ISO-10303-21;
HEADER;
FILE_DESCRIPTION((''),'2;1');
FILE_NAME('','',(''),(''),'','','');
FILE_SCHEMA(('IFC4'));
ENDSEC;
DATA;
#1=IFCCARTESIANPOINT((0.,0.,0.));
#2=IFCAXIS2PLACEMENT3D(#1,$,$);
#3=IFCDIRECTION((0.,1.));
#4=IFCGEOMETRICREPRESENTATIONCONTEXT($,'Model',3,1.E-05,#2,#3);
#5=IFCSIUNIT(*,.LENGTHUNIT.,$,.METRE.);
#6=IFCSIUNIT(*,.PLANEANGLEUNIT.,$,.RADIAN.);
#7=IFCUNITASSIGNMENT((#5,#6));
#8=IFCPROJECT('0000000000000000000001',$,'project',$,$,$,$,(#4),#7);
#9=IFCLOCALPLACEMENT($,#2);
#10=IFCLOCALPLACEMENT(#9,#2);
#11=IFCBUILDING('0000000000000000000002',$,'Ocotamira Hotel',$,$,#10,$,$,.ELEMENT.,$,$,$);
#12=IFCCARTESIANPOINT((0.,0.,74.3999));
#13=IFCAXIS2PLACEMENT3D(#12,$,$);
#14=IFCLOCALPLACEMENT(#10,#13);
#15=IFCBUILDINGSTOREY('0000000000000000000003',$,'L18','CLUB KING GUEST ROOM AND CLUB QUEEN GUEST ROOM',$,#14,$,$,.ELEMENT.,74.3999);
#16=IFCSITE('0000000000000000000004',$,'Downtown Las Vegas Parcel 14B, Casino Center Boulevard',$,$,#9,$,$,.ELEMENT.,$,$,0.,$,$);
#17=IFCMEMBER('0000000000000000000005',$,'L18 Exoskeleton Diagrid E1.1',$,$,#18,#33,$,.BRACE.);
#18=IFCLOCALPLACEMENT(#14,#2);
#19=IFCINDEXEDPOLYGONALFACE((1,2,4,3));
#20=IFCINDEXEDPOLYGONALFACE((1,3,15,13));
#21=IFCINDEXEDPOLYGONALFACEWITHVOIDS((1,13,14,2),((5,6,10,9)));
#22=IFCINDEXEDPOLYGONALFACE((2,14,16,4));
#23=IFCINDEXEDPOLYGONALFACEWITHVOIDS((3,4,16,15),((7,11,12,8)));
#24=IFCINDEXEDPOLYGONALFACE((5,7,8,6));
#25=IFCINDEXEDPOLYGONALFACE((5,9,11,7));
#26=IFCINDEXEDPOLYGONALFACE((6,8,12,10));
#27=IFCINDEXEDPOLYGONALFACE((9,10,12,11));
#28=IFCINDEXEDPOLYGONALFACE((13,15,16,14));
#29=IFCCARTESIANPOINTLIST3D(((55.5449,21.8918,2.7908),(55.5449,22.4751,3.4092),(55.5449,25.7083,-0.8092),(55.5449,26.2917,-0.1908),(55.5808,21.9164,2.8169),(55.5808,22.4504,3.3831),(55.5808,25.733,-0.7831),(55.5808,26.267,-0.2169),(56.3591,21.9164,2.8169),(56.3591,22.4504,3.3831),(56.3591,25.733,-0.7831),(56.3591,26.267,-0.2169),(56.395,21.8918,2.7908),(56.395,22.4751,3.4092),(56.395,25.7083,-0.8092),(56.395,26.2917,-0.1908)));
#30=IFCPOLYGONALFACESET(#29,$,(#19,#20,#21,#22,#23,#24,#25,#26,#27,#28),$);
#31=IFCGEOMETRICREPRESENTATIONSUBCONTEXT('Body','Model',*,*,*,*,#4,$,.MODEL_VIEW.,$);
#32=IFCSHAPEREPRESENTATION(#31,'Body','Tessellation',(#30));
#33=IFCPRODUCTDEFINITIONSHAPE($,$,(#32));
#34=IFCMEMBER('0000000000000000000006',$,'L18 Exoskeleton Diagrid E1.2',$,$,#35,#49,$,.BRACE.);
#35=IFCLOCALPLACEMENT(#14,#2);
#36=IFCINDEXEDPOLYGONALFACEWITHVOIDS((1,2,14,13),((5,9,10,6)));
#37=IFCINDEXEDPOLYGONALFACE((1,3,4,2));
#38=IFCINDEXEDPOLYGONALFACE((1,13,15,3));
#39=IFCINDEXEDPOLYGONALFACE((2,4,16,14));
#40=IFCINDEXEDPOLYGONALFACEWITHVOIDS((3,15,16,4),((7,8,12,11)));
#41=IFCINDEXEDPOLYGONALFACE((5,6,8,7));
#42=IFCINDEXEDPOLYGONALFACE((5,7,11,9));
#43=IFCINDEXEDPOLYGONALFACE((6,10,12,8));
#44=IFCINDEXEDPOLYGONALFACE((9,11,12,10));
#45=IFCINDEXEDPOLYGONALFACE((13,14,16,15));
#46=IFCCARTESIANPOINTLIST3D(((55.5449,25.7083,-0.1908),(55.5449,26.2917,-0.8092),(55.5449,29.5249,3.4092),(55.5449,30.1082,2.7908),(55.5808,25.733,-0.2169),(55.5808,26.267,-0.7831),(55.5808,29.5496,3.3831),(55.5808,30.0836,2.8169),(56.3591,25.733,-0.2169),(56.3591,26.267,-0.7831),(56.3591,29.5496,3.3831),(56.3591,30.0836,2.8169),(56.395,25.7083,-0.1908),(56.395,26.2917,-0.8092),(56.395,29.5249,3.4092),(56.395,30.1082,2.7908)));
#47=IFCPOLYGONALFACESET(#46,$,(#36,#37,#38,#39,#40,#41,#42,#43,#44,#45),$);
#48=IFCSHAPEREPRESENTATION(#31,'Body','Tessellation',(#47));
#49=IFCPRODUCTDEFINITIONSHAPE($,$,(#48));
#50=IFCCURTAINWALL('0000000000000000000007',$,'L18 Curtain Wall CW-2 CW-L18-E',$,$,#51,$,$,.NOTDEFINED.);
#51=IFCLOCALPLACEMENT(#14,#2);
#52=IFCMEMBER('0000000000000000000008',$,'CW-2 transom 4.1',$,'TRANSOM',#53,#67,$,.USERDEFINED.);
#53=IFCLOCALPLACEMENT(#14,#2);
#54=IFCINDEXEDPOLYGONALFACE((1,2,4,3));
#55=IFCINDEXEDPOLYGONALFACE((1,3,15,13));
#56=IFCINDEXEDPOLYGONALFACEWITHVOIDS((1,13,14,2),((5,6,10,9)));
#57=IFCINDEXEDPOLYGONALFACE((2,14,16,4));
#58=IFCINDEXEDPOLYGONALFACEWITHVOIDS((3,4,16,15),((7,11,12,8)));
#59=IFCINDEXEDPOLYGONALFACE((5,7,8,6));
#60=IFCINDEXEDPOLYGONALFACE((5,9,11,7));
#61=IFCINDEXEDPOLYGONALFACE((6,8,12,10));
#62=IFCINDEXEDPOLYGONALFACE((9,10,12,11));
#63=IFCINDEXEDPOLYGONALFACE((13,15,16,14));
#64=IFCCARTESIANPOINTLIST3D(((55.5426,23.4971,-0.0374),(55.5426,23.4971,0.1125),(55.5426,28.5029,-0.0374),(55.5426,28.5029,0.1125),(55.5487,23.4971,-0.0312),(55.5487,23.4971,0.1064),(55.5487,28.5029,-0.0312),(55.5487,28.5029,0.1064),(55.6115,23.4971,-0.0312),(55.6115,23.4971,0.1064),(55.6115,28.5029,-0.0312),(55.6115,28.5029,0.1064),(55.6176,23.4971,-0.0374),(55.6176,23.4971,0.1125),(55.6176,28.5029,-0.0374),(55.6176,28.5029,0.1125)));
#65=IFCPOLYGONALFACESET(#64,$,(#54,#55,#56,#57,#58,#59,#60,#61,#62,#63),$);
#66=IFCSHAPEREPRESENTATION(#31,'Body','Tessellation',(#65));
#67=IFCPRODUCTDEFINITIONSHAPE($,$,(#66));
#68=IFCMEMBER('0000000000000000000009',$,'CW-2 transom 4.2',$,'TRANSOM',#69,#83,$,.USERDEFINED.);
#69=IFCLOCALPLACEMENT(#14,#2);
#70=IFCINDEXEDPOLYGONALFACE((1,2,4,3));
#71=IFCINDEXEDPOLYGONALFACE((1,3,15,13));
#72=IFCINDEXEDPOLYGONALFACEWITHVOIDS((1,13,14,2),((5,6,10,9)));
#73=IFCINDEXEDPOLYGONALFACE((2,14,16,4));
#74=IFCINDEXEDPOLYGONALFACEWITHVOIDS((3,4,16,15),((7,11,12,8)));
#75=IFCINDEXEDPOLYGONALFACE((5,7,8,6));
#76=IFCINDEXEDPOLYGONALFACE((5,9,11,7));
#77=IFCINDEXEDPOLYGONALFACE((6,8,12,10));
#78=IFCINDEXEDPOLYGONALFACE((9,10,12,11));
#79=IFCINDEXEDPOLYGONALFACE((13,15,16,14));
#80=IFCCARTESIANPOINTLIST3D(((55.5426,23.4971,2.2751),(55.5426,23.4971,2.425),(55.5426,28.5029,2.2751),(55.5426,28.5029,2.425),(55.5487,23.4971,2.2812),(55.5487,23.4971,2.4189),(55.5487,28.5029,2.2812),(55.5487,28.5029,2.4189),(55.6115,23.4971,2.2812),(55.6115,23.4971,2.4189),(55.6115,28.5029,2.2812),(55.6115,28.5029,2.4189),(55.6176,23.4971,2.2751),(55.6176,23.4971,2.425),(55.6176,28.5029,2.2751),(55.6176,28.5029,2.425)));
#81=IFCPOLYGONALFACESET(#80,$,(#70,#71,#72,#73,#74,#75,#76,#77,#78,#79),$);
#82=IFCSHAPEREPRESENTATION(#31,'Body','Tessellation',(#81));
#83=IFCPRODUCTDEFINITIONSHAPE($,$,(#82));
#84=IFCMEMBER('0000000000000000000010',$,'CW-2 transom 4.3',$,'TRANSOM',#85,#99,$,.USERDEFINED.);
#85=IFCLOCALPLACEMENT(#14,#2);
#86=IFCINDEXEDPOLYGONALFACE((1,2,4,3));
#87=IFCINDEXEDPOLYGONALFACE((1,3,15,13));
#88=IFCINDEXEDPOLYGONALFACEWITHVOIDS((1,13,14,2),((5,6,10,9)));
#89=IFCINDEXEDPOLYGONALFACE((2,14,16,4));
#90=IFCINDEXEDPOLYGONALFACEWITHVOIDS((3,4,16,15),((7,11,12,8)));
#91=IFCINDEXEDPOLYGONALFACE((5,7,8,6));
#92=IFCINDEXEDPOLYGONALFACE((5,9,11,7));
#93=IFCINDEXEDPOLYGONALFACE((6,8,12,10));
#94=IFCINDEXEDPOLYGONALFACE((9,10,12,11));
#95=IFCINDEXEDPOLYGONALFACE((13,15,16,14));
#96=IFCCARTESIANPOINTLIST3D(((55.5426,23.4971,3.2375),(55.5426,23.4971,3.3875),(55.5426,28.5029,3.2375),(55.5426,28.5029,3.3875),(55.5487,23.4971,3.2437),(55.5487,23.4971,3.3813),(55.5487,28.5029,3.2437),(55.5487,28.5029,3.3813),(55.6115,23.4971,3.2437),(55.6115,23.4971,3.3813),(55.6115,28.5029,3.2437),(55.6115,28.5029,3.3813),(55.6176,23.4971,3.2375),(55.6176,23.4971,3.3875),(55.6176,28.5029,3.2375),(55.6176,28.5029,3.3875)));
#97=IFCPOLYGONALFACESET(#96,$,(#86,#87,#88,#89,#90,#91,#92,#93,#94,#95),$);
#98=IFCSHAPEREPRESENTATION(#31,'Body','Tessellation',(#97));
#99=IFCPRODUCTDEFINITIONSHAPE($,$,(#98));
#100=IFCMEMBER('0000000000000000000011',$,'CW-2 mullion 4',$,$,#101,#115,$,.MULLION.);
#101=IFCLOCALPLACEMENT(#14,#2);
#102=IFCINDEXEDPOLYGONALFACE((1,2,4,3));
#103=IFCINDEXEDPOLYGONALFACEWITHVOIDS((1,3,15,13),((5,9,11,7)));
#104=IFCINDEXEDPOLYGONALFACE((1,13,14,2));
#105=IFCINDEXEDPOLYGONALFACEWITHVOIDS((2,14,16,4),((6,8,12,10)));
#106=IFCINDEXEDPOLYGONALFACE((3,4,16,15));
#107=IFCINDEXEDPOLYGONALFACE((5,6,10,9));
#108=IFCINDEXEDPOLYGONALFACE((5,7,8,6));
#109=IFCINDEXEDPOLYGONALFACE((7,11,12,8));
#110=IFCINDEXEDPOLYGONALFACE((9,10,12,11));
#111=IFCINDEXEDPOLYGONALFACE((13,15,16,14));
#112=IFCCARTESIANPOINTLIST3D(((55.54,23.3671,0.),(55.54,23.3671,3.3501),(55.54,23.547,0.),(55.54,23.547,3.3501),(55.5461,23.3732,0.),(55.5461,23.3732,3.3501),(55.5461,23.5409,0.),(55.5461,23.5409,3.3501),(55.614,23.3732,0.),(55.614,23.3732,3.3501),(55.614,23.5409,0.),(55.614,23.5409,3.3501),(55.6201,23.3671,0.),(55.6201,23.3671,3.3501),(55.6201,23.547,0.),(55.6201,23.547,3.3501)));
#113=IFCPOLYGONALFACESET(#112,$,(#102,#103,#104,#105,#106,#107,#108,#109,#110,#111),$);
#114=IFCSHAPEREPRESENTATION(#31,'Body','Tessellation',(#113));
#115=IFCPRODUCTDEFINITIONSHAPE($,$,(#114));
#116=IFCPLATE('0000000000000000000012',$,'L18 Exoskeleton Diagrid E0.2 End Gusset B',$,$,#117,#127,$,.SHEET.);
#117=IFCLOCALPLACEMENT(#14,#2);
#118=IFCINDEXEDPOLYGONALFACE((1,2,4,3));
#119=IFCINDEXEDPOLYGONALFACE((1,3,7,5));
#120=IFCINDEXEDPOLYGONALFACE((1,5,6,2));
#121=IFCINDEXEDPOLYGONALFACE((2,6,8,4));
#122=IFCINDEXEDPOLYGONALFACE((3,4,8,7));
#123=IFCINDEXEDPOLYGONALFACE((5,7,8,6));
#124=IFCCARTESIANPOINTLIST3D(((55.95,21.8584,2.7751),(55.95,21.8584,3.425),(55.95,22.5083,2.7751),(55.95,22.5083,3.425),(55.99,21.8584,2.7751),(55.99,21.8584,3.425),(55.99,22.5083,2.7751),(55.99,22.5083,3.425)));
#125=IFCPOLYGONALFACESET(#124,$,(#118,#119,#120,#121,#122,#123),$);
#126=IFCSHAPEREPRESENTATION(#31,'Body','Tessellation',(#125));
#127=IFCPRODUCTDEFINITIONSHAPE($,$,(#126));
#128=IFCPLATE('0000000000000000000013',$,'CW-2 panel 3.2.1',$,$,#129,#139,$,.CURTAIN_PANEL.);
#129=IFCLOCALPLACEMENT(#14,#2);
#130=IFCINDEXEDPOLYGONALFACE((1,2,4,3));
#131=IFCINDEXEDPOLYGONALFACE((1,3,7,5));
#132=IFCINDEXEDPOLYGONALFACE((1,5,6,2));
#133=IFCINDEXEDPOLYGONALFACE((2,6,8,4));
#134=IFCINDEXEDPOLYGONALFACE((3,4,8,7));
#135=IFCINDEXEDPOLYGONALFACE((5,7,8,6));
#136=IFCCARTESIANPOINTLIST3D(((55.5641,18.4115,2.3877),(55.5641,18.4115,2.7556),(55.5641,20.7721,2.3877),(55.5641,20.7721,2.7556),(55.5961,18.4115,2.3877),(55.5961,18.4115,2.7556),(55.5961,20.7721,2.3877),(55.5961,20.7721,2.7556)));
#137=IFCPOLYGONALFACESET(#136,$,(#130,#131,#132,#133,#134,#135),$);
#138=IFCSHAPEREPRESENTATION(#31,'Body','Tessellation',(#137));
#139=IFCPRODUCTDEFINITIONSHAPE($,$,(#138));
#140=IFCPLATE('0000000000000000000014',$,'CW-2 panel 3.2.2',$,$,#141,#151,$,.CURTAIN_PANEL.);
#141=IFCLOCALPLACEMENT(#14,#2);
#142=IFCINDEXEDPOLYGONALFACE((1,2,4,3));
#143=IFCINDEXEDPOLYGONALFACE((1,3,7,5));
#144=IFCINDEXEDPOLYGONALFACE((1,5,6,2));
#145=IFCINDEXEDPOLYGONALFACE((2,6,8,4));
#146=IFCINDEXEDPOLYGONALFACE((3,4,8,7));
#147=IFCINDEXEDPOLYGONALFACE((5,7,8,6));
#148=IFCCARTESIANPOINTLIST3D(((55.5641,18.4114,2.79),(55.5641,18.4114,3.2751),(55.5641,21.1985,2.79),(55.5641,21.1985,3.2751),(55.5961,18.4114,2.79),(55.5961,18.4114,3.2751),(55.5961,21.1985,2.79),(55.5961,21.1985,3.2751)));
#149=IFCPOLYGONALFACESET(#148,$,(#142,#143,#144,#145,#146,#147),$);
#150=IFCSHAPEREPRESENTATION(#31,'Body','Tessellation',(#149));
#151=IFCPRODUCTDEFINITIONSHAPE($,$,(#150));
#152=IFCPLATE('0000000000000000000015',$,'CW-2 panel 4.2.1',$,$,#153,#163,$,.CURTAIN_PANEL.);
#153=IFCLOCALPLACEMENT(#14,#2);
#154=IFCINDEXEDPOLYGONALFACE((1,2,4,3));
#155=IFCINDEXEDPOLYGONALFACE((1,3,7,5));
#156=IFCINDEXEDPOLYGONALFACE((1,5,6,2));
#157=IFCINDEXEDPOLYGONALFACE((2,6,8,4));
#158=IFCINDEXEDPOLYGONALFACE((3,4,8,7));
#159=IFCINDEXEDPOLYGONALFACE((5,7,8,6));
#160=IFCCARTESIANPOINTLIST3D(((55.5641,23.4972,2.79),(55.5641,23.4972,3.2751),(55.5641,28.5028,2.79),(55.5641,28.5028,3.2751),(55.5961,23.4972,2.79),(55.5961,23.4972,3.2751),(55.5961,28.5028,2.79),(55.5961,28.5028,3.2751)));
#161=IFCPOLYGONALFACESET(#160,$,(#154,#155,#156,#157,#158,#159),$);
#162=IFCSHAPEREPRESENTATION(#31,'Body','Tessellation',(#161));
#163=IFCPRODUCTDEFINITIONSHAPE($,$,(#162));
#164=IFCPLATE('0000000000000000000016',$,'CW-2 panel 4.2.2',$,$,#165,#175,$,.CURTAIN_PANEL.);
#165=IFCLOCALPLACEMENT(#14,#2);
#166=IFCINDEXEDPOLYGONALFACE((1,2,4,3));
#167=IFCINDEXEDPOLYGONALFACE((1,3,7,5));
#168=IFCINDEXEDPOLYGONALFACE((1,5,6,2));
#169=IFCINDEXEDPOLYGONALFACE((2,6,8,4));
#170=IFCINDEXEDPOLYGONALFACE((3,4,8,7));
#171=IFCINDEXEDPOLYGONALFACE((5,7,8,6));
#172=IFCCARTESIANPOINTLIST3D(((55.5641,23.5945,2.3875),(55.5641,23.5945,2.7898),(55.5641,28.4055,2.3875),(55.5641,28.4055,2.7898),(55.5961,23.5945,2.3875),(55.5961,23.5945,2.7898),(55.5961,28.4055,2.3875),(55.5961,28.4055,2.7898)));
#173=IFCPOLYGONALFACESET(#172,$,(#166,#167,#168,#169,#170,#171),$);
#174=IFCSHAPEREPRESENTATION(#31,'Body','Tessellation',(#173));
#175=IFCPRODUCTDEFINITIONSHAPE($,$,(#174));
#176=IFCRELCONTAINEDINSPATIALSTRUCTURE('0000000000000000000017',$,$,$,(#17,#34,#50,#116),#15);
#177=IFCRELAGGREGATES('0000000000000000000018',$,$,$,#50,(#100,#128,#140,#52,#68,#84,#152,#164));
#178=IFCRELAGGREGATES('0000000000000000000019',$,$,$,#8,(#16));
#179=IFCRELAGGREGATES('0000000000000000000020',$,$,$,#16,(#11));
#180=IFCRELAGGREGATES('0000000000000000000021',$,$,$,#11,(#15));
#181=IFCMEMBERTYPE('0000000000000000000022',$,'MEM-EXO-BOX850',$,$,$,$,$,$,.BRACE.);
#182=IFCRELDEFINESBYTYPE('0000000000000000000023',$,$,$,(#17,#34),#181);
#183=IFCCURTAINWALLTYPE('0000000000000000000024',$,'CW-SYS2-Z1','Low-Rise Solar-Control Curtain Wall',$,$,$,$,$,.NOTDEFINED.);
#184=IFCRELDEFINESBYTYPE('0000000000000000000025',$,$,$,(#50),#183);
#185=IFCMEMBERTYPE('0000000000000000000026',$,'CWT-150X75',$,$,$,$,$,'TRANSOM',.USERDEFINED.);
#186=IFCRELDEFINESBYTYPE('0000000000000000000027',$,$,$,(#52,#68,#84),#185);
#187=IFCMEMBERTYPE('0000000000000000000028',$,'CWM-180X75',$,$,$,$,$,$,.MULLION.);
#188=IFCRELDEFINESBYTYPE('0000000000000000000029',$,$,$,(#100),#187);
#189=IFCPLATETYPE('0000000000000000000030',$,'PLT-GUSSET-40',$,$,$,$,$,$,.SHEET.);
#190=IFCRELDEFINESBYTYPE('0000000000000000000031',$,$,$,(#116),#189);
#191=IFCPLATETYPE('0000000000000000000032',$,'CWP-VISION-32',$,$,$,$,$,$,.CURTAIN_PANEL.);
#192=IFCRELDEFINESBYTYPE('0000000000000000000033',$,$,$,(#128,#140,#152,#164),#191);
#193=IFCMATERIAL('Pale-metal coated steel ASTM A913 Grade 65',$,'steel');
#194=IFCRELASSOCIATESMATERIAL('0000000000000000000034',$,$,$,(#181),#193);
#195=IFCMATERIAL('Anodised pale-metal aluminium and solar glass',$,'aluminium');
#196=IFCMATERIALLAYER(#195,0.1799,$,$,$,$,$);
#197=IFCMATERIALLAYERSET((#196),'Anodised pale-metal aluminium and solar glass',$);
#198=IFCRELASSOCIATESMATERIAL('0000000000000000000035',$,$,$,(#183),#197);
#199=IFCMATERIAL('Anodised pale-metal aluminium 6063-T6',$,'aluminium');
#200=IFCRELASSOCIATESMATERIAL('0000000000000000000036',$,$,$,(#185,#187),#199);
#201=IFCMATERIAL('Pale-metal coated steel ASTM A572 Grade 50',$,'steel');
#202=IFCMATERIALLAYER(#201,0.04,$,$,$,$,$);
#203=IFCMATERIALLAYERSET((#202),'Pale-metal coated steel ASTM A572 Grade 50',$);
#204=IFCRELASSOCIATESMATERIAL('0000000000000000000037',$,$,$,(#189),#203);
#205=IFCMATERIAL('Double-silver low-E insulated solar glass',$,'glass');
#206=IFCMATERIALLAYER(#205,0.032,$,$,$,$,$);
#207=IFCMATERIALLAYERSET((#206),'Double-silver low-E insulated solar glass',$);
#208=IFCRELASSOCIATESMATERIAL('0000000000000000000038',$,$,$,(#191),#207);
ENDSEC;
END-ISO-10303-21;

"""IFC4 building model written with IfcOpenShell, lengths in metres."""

from ifc_helpers import new_model, si_unit, direction, frame, origin, origin_2d, place, context, subcontext, project, spatial, rectangle, hollow_rectangle, extrude, source, transform, mapped, material, layer, layer_set, material_profile, profile_set, type_object, element, aggregate, save


model = new_model("IFC4")

# Units and contexts
model_context = context("Model", 3, precision=1e-05, world=origin(), true_north=direction((0.0, 1.0)))
body_context = subcontext(model_context, "Body", "Model", "MODEL_VIEW")
ifc_project = project(units=[si_unit("LENGTHUNIT", "METRE"), si_unit("PLANEANGLEUNIT", "RADIAN")], contexts=[model_context])

# Site, building, storey
site_placement = place(None, origin())
site = spatial("IfcSite", under=ifc_project, at=site_placement, Name="Downtown Las Vegas Parcel 14B, Casino Center Boulevard", CompositionType="ELEMENT", RefElevation=0.0)
building_placement = place(site_placement, origin())
building = spatial("IfcBuilding", under=site, at=building_placement, Name="Ocotamira Hotel", CompositionType="ELEMENT")
storey_placement = place(building_placement, frame((0.0, 0.0, 74.3999)))
storey = spatial("IfcBuildingStorey", under=building, at=storey_placement, Name="L18", Description="CLUB KING GUEST ROOM AND CLUB QUEEN GUEST ROOM", CompositionType="ELEMENT", Elevation=74.3999)

# Members
ifc_material_1 = material(Name="Pale-metal coated steel ASTM A913 Grade 65", Category="steel")
ifc_material_profile_1 = material_profile(ifc_material_1, hollow_rectangle(XDim=0.8501, YDim=0.8501, WallThickness=0.0359, at=origin_2d()), Name="BOX850X850X36")
ifc_profile_set_1 = profile_set([ifc_material_profile_1], Name="Pale-metal coated steel ASTM A913 Grade 65")
member_type_1 = type_object("IfcMemberType", Name="MEM-EXO-BOX850", PredefinedType="BRACE", material=ifc_profile_set_1)
shared_shape_1 = source(origin(), body_context, "Body", "SweptSolid", [
    extrude(hollow_rectangle(XDim=0.8501, YDim=0.8501, WallThickness=0.0359, at=origin_2d()), origin(), (0.0, 0.0, 1.0), 5.2466),
])
for number, where, z_axis, x_axis, name in (
    (1, (55.97, 26.0, -0.5), (0.0, -0.727443, 0.686168), (1.0, 0.0, 0.0), "L18 Exoskeleton Diagrid E1.1"),
    (2, (55.97, 26.0, -0.5), (0.0, 0.727443, 0.686168), (-1.0, 0.0, 0.0), "L18 Exoskeleton Diagrid E1.2"),
):
    element("IfcMember", number, at=place(storey_placement, frame(where, z_axis=z_axis, x_axis=x_axis)), inside=storey, type_object=member_type_1, Name=name, PredefinedType="BRACE", context=body_context, shape_type="MappedRepresentation", body=[
        mapped(shared_shape_1, transform((0.0, 0.0, 0.0), scale=1.0)),
    ])

# Curtain wall, members
ifc_material_2 = material(Name="Anodised pale-metal aluminium and solar glass", Category="aluminium")
ifc_layer_1 = layer(ifc_material_2, 0.1799)
ifc_layer_set_1 = layer_set([ifc_layer_1], Name="Anodised pale-metal aluminium and solar glass")
curtain_wall_type = type_object("IfcCurtainWallType", Name="CW-SYS2-Z1", Description="Low-Rise Solar-Control Curtain Wall", PredefinedType="NOTDEFINED", material=ifc_layer_set_1)
curtain_wall_placement = place(storey_placement, origin())
curtain_wall = element("IfcCurtainWall", 3, at=curtain_wall_placement, inside=storey, type_object=curtain_wall_type, Name="L18 Curtain Wall CW-2 CW-L18-E", PredefinedType="NOTDEFINED")
ifc_material_3 = material(Name="Anodised pale-metal aluminium 6063-T6", Category="aluminium")
ifc_material_profile_2 = material_profile(ifc_material_3, hollow_rectangle(XDim=0.075, YDim=0.1499, WallThickness=0.0061, at=origin_2d()), Name="HSS150X75X6")
ifc_profile_set_2 = profile_set([ifc_material_profile_2], Name="Anodised pale-metal aluminium 6063-T6")
member_type_2 = type_object("IfcMemberType", Name="CWT-150X75", ElementType="TRANSOM", PredefinedType="USERDEFINED", material=ifc_profile_set_2)
shared_shape_2 = source(origin(), body_context, "Body", "SweptSolid", [
    extrude(hollow_rectangle(XDim=0.075, YDim=0.1499, WallThickness=0.0061, at=origin_2d()), origin(), (0.0, 0.0, 1.0), 5.0059),
])
member_1_placement = place(storey_placement, frame((55.5801, 23.4971, 0.0376), z_axis=(0.0, 1.0, 0.0), x_axis=(-1.0, 0.0, 0.0)))
member_1 = element("IfcMember", 4, at=member_1_placement, type_object=member_type_2, Name="CW-2 transom 4.1", ObjectType="TRANSOM", PredefinedType="USERDEFINED", context=body_context, shape_type="MappedRepresentation", body=[
    mapped(shared_shape_2, transform((0.0, 0.0, 0.0), scale=1.0)),
])
member_2_placement = place(storey_placement, frame((55.5801, 23.4971, 2.3501), z_axis=(0.0, 1.0, 0.0), x_axis=(-1.0, 0.0, 0.0)))
member_2 = element("IfcMember", 5, at=member_2_placement, type_object=member_type_2, Name="CW-2 transom 4.2", ObjectType="TRANSOM", PredefinedType="USERDEFINED", context=body_context, shape_type="MappedRepresentation", body=[
    mapped(shared_shape_2, transform((0.0, 0.0, 0.0), scale=1.0)),
])
member_3_placement = place(storey_placement, frame((55.5801, 23.4971, 3.3125), z_axis=(0.0, 1.0, 0.0), x_axis=(-1.0, 0.0, 0.0)))
member_3 = element("IfcMember", 6, at=member_3_placement, type_object=member_type_2, Name="CW-2 transom 4.3", ObjectType="TRANSOM", PredefinedType="USERDEFINED", context=body_context, shape_type="MappedRepresentation", body=[
    mapped(shared_shape_2, transform((0.0, 0.0, 0.0), scale=1.0)),
])
ifc_material_profile_3 = material_profile(ifc_material_3, hollow_rectangle(XDim=0.0801, YDim=0.1799, WallThickness=0.0061, at=origin_2d()), Name="HSS180X80X6")
ifc_profile_set_3 = profile_set([ifc_material_profile_3], Name="Anodised pale-metal aluminium 6063-T6")
member_type_3 = type_object("IfcMemberType", Name="CWM-180X75", PredefinedType="MULLION", material=ifc_profile_set_3)
shared_shape_3 = source(origin(), body_context, "Body", "SweptSolid", [
    extrude(hollow_rectangle(XDim=0.0801, YDim=0.1799, WallThickness=0.0061, at=origin_2d()), origin(), (0.0, 0.0, 1.0), 3.3501),
])
member_4_placement = place(storey_placement, frame((55.5801, 23.457, 0.0), z_axis=(0.0, 0.0, 1.0), x_axis=(-1.0, 0.0, 0.0)))
member_4 = element("IfcMember", 7, at=member_4_placement, type_object=member_type_3, Name="CW-2 mullion 4", PredefinedType="MULLION", context=body_context, shape_type="MappedRepresentation", body=[
    mapped(shared_shape_3, transform((0.0, 0.0, 0.0), scale=1.0)),
])

# Plates
ifc_material_4 = material(Name="Pale-metal coated steel ASTM A572 Grade 50", Category="steel")
ifc_layer_2 = layer(ifc_material_4, 0.04)
ifc_layer_set_2 = layer_set([ifc_layer_2], Name="Pale-metal coated steel ASTM A572 Grade 50")
plate_type_1 = type_object("IfcPlateType", Name="PLT-GUSSET-40", PredefinedType="SHEET", material=ifc_layer_set_2)
shared_shape_4 = source(origin(), body_context, "Body", "SweptSolid", [
    extrude(rectangle(XDim=0.04, YDim=0.6499, at=origin_2d()), origin(), (0.0, 0.0, 1.0), 0.6499),
])
plate_1_placement = place(storey_placement, frame((55.97, 22.1833, 2.7751), z_axis=(0.0, 0.0, 1.0), x_axis=(1.0, 0.0, 0.0)))
element("IfcPlate", 8, at=plate_1_placement, inside=storey, type_object=plate_type_1, Name="L18 Exoskeleton Diagrid E0.2 End Gusset B", PredefinedType="SHEET", context=body_context, shape_type="MappedRepresentation", body=[
    mapped(shared_shape_4, transform((0.0, 0.0, 0.0), scale=1.0)),
])
ifc_material_5 = material(Name="Double-silver low-E insulated solar glass", Category="glass")
ifc_layer_3 = layer(ifc_material_5, 0.032)
ifc_layer_set_3 = layer_set([ifc_layer_3], Name="Double-silver low-E insulated solar glass")
plate_type_2 = type_object("IfcPlateType", Name="CWP-VISION-32", PredefinedType="CURTAIN_PANEL", material=ifc_layer_set_3)
shared_shape_5 = source(origin(), body_context, "Body", "SweptSolid", [
    extrude(rectangle(XDim=2.3606, YDim=0.032, at=origin_2d()), origin(), (0.0, 0.0, 1.0), 0.3679),
])
plate_2_placement = place(storey_placement, frame((55.5801, 19.5918, 2.3877), z_axis=(0.0, 0.0, 1.0), x_axis=(0.0, 1.0, 0.0)))
plate_2 = element("IfcPlate", 9, at=plate_2_placement, type_object=plate_type_2, Name="CW-2 panel 3.2.1", PredefinedType="CURTAIN_PANEL", context=body_context, shape_type="MappedRepresentation", body=[
    mapped(shared_shape_5, transform((0.0, 0.0, 0.0), scale=1.0)),
])
shared_shape_6 = source(origin(), body_context, "Body", "SweptSolid", [
    extrude(rectangle(XDim=2.7871, YDim=0.032, at=origin_2d()), origin(), (0.0, 0.0, 1.0), 0.4851),
])
plate_3_placement = place(storey_placement, frame((55.5801, 19.8049, 2.79), z_axis=(0.0, 0.0, 1.0), x_axis=(0.0, 1.0, 0.0)))
plate_3 = element("IfcPlate", 10, at=plate_3_placement, type_object=plate_type_2, Name="CW-2 panel 3.2.2", PredefinedType="CURTAIN_PANEL", context=body_context, shape_type="MappedRepresentation", body=[
    mapped(shared_shape_6, transform((0.0, 0.0, 0.0), scale=1.0)),
])
shared_shape_7 = source(origin(), body_context, "Body", "SweptSolid", [
    extrude(rectangle(XDim=5.0056, YDim=0.032, at=origin_2d()), origin(), (0.0, 0.0, 1.0), 0.4851),
])
plate_4_placement = place(storey_placement, frame((55.5801, 26.0, 2.79), z_axis=(0.0, 0.0, 1.0), x_axis=(0.0, 1.0, 0.0)))
plate_4 = element("IfcPlate", 11, at=plate_4_placement, type_object=plate_type_2, Name="CW-2 panel 4.2.1", PredefinedType="CURTAIN_PANEL", context=body_context, shape_type="MappedRepresentation", body=[
    mapped(shared_shape_7, transform((0.0, 0.0, 0.0), scale=1.0)),
])
shared_shape_8 = source(origin(), body_context, "Body", "SweptSolid", [
    extrude(rectangle(XDim=4.811, YDim=0.032, at=origin_2d()), origin(), (0.0, 0.0, 1.0), 0.4023),
])
plate_5_placement = place(storey_placement, frame((55.5801, 26.0, 2.3875), z_axis=(0.0, 0.0, 1.0), x_axis=(0.0, 1.0, 0.0)))
plate_5 = element("IfcPlate", 12, at=plate_5_placement, type_object=plate_type_2, Name="CW-2 panel 4.2.2", PredefinedType="CURTAIN_PANEL", context=body_context, shape_type="MappedRepresentation", body=[
    mapped(shared_shape_8, transform((0.0, 0.0, 0.0), scale=1.0)),
])
aggregate(curtain_wall, [member_4, plate_2, plate_3, member_1, member_2, member_3, plate_4, plate_5])

save(model, "model.ifc")
